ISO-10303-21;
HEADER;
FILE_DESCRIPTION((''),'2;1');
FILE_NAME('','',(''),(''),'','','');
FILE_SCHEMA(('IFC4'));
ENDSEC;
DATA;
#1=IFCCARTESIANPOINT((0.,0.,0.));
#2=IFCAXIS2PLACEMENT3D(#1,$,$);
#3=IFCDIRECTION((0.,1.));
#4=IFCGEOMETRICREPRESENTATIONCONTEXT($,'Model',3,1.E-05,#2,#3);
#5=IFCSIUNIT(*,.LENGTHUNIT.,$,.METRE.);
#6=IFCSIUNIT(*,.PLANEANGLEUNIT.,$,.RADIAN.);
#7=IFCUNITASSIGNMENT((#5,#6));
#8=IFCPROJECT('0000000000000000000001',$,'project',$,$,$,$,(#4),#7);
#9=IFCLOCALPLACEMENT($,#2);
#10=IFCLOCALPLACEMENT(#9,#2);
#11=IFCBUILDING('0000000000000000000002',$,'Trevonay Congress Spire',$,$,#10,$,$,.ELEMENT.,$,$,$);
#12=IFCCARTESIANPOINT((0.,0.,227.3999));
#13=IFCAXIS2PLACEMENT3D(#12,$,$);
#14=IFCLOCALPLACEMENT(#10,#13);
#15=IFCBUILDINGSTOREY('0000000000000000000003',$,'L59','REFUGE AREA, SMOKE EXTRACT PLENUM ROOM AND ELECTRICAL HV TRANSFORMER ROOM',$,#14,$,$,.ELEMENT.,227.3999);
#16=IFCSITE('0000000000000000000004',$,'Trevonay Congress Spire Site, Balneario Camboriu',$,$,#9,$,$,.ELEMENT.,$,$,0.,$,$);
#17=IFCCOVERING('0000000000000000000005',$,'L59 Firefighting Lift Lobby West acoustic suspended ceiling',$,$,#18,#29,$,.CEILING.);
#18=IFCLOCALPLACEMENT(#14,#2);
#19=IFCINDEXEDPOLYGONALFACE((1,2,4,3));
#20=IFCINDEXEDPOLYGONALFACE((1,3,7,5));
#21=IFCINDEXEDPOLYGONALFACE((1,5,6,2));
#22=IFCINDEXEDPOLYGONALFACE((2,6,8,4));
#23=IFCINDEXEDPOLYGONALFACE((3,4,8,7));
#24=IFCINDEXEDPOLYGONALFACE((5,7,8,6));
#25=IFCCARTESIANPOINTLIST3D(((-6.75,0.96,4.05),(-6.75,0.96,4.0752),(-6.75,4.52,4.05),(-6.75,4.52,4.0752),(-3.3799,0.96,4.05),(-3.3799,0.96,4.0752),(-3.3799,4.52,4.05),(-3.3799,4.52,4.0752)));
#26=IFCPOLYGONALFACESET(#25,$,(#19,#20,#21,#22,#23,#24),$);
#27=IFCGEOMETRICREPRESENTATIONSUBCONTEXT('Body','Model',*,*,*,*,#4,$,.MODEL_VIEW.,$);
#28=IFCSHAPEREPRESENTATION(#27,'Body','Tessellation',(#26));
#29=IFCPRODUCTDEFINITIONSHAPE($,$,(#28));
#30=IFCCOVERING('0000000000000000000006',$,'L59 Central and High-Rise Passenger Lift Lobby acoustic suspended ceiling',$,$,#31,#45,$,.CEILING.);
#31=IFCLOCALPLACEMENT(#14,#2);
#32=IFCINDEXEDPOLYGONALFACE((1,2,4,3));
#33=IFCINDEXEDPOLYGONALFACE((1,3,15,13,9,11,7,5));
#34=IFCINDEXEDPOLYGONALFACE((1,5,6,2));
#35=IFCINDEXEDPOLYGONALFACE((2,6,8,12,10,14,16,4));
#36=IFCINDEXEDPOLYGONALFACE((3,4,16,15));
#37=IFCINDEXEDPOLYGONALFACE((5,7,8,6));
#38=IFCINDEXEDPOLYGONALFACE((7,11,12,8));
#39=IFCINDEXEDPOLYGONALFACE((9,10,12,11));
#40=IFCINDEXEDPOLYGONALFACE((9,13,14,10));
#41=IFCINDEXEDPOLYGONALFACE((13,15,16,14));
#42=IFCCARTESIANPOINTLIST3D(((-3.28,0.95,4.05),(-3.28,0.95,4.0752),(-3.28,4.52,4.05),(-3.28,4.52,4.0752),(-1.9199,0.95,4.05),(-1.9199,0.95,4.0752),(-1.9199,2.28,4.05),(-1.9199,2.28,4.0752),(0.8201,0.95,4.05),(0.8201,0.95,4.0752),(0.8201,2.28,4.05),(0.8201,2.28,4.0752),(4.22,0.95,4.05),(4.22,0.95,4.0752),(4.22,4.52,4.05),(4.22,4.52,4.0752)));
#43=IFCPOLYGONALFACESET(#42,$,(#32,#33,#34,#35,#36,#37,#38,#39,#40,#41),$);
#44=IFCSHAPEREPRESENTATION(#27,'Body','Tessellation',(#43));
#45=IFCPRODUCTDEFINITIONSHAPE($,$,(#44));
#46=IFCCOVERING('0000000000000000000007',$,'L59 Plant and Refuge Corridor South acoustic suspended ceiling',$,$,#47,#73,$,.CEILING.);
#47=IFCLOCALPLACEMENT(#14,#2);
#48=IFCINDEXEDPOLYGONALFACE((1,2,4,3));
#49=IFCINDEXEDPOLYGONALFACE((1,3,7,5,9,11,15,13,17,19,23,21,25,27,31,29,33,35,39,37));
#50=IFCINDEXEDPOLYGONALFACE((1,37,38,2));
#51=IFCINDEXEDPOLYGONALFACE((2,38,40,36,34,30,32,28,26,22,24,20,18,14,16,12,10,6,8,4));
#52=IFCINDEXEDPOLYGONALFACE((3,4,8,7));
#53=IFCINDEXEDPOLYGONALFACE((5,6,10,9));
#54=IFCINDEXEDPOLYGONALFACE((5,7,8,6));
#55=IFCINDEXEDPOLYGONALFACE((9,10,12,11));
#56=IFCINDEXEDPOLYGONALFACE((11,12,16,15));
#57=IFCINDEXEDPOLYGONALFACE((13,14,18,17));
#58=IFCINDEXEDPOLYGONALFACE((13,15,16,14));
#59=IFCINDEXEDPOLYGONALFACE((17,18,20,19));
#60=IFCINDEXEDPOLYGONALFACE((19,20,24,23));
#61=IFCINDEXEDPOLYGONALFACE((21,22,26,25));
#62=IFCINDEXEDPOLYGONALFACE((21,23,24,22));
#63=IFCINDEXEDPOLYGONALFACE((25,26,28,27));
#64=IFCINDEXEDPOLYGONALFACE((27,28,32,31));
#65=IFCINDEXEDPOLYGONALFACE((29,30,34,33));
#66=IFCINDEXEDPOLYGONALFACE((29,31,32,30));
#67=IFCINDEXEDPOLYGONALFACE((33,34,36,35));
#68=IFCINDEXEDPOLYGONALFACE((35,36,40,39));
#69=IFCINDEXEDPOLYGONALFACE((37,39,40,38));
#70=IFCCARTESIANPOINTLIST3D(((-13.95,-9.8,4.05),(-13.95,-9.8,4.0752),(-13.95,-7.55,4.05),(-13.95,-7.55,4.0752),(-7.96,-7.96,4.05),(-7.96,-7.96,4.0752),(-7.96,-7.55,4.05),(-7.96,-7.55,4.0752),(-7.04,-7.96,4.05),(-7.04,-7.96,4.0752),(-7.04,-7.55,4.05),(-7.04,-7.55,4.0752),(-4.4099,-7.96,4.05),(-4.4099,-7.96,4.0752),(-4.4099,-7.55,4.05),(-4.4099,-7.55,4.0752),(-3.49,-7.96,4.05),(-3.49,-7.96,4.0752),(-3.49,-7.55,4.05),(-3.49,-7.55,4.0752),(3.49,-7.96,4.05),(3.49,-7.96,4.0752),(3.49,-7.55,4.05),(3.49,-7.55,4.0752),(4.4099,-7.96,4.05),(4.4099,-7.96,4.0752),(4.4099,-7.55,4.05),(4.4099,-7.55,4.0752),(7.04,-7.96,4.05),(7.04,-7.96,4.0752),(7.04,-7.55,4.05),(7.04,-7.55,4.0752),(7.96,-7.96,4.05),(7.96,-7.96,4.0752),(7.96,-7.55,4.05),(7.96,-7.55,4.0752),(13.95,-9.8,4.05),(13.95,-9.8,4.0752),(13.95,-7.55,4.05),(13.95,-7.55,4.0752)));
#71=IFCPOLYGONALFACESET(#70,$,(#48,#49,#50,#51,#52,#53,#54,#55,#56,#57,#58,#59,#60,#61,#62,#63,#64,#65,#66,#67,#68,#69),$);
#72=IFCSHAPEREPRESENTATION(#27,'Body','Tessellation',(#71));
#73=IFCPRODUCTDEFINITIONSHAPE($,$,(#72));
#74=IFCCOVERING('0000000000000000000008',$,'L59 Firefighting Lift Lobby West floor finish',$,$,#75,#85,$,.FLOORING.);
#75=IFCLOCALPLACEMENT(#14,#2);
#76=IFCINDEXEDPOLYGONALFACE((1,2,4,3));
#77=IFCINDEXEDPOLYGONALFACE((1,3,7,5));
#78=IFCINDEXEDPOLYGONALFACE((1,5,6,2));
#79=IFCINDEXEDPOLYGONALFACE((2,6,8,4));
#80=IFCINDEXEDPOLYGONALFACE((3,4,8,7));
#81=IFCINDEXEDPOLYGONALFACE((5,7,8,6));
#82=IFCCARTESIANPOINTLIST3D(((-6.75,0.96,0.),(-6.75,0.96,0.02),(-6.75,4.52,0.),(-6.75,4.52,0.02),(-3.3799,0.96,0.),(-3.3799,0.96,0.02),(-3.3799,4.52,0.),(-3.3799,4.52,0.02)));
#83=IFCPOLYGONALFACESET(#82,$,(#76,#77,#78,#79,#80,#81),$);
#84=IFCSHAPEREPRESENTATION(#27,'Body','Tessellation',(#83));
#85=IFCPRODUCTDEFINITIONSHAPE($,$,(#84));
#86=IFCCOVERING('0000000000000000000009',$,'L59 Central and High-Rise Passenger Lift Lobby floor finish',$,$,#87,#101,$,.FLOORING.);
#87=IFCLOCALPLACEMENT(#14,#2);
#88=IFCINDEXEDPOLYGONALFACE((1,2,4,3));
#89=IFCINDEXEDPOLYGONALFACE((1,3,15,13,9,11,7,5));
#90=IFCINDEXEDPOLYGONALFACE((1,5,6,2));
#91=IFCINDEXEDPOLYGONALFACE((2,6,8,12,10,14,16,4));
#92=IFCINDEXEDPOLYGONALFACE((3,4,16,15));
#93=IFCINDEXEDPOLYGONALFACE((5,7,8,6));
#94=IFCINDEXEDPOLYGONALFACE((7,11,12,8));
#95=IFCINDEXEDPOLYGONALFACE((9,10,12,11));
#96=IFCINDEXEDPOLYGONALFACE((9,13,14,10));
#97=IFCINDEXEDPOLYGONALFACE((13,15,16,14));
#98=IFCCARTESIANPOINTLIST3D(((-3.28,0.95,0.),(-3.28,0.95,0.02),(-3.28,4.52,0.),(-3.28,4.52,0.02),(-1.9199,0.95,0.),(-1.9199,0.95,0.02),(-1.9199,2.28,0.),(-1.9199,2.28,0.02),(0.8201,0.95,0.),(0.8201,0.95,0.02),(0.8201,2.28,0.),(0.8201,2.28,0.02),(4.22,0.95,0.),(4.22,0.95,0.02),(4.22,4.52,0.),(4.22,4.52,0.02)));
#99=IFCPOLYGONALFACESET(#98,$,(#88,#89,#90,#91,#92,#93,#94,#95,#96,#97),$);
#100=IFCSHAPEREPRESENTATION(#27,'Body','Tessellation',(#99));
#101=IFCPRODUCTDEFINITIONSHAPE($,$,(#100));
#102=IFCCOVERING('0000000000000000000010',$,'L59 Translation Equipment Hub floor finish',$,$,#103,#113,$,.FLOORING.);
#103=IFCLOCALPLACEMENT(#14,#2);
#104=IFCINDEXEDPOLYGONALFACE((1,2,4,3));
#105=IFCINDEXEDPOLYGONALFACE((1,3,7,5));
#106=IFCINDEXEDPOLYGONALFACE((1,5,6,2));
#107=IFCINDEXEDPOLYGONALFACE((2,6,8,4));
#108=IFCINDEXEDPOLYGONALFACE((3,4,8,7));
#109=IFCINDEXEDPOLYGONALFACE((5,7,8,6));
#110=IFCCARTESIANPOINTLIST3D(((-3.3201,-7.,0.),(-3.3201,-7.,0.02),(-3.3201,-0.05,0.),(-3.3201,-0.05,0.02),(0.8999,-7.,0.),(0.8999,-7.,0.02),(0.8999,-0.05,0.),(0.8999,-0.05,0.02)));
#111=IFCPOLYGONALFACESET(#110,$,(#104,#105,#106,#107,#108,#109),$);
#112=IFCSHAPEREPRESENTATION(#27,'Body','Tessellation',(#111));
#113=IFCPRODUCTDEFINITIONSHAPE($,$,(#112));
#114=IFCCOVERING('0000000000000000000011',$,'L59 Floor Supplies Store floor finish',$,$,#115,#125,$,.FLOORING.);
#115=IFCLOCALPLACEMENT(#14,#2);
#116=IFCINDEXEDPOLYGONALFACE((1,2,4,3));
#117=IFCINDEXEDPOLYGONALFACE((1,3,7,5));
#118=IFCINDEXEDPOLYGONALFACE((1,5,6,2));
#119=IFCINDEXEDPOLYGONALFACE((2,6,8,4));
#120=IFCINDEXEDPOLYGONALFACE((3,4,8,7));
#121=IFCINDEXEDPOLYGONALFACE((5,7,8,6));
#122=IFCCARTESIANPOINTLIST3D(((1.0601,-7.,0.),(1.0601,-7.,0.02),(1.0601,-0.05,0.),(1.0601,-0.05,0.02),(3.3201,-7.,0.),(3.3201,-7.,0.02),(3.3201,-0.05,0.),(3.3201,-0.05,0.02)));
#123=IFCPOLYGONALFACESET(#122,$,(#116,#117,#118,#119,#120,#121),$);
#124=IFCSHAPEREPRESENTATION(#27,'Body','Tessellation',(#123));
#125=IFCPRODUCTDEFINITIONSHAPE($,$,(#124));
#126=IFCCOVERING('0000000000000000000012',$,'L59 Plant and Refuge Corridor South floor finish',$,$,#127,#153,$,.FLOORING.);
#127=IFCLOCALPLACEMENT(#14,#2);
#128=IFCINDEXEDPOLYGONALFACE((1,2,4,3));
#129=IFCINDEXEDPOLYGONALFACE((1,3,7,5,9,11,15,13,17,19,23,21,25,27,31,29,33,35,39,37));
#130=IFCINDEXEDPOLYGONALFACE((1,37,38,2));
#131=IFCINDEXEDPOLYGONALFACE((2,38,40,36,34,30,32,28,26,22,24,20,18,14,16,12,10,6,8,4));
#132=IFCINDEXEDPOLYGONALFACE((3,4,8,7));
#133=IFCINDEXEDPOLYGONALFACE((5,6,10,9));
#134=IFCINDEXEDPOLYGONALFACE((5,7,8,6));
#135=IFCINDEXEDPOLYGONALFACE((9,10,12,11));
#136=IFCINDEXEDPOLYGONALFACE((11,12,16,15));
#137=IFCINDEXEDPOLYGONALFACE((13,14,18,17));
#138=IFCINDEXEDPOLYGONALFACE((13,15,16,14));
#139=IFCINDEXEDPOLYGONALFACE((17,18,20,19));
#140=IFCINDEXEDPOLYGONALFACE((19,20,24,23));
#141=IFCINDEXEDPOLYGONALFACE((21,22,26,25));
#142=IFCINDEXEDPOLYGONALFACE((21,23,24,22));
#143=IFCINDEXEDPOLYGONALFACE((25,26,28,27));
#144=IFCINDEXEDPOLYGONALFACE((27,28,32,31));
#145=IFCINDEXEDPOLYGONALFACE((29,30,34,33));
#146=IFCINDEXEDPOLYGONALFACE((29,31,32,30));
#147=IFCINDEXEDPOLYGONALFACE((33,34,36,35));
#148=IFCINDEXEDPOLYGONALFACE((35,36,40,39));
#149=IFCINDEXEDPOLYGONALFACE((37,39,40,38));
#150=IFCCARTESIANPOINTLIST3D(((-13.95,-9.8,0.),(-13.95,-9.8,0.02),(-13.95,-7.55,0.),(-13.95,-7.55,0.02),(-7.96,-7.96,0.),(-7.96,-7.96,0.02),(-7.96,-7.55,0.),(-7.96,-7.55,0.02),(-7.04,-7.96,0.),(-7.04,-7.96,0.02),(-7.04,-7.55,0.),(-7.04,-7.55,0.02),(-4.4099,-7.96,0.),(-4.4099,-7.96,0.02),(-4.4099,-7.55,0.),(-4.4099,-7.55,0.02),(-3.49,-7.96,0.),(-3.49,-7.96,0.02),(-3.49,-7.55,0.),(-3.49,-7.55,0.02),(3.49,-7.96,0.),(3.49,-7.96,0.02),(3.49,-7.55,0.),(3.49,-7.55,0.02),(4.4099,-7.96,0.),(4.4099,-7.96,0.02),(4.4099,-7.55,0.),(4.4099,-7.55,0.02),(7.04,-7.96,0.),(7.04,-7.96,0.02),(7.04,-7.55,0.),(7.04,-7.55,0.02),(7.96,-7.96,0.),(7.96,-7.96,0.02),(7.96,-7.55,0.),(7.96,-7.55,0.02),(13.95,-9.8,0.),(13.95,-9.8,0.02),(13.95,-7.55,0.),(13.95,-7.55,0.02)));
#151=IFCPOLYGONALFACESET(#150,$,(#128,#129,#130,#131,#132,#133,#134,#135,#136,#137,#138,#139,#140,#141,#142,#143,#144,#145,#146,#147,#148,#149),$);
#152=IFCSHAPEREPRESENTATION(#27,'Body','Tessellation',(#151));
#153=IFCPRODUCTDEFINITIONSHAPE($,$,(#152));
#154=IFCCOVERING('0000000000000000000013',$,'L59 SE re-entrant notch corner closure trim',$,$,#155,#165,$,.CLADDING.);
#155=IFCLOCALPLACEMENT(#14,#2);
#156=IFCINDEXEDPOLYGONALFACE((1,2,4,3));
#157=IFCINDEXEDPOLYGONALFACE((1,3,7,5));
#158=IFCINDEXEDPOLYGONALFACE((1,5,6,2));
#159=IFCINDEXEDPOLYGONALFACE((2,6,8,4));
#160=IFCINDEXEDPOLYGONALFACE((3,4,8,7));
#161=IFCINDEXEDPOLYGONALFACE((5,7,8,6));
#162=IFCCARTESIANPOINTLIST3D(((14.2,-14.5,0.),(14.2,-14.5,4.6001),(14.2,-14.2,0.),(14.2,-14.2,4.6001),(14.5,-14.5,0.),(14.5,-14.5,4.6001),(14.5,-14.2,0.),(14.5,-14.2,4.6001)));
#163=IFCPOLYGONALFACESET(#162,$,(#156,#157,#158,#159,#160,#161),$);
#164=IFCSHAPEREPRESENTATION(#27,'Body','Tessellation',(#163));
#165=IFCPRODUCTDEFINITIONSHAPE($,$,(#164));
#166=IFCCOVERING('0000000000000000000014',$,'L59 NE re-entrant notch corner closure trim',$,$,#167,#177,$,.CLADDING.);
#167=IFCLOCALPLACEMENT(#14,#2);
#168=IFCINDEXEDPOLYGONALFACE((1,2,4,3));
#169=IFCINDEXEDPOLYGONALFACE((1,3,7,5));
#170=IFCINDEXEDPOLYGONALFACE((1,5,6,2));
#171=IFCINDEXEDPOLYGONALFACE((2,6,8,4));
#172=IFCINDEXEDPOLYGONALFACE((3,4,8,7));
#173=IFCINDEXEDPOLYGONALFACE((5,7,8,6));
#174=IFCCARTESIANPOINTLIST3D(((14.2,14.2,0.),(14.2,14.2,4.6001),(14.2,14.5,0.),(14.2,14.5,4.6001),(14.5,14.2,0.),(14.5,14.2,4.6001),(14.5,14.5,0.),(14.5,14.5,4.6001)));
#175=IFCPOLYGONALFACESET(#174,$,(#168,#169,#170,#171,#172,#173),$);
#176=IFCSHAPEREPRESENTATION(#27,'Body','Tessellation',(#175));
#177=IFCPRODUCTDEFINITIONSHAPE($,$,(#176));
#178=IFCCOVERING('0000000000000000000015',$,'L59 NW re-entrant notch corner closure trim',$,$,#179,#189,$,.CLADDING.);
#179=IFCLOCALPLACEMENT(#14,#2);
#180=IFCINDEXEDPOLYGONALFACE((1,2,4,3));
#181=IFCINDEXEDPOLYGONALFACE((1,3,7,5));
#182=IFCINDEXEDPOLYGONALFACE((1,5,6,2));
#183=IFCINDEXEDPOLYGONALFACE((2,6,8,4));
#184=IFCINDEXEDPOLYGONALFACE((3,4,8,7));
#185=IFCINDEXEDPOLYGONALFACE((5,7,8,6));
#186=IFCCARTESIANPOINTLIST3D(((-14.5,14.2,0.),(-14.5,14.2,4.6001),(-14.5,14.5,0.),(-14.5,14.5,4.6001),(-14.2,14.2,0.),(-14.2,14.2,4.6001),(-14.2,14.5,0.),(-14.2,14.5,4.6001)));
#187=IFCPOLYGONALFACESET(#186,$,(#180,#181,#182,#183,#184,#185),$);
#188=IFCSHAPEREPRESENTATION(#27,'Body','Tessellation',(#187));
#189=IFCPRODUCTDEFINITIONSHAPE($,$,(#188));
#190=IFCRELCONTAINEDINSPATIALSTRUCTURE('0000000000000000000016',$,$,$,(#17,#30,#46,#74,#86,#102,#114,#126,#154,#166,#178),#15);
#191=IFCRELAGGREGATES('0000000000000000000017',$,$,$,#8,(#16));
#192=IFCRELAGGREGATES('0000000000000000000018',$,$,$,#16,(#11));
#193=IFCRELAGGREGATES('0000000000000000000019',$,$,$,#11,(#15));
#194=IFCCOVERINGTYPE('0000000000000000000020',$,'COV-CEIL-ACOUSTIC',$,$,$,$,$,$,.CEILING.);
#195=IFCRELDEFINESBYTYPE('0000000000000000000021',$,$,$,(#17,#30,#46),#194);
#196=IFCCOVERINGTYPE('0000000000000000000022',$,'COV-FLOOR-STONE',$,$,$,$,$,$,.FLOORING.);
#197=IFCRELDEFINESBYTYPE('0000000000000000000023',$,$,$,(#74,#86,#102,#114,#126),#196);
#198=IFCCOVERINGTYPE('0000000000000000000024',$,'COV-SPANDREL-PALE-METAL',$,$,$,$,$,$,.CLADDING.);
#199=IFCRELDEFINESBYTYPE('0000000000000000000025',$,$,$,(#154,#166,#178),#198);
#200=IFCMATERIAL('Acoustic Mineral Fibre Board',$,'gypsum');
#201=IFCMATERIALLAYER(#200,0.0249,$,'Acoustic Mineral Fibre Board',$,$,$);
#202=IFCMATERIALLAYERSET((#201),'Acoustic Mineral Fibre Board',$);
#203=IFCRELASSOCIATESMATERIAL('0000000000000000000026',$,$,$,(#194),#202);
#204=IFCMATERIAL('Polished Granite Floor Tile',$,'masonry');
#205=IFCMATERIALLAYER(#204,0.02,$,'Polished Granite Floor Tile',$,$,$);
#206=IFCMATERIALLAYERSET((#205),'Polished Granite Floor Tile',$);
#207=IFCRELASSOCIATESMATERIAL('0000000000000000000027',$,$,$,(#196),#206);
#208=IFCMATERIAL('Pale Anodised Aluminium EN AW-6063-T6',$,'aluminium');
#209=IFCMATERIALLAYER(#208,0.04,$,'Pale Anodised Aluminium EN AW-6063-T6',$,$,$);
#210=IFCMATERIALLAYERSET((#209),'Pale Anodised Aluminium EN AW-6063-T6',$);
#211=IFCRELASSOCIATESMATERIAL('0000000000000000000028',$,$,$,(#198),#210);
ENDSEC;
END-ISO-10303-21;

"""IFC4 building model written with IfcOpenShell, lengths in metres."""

from ifc_helpers import new_model, si_unit, direction, frame, origin, place, context, subcontext, project, spatial, polyline, outline, extrude, material, layer, layer_set, type_object, element, save


model = new_model("IFC4")

# Units and contexts
model_context = context("Model", 3, precision=1e-05, world=origin(), true_north=direction((0.0, 1.0)))
body_context = subcontext(model_context, "Body", "Model", "MODEL_VIEW")
ifc_project = project(units=[si_unit("LENGTHUNIT", "METRE"), si_unit("PLANEANGLEUNIT", "RADIAN")], contexts=[model_context])

# Site, building, storey
site_placement = place(None, origin())
site = spatial("IfcSite", under=ifc_project, at=site_placement, Name="Trevonay Congress Spire Site, Balneario Camboriu", CompositionType="ELEMENT", RefElevation=0.0)
building_placement = place(site_placement, origin())
building = spatial("IfcBuilding", under=site, at=building_placement, Name="Trevonay Congress Spire", CompositionType="ELEMENT")
storey_placement = place(building_placement, frame((0.0, 0.0, 227.3999)))
storey = spatial("IfcBuildingStorey", under=building, at=storey_placement, Name="L59", Description="REFUGE AREA, SMOKE EXTRACT PLENUM ROOM AND ELECTRICAL HV TRANSFORMER ROOM", CompositionType="ELEMENT", Elevation=227.3999)

# Coverings
ifc_material_1 = material(Name="Acoustic Mineral Fibre Board", Category="gypsum")
ifc_layer_1 = layer(ifc_material_1, 0.0249, Name="Acoustic Mineral Fibre Board")
ifc_layer_set_1 = layer_set([ifc_layer_1], Name="Acoustic Mineral Fibre Board")
covering_type_1 = type_object("IfcCoveringType", Name="COV-CEIL-ACOUSTIC", PredefinedType="CEILING", material=ifc_layer_set_1)
covering_1_placement = place(storey_placement, frame((0.0, 0.0, 4.05)))
element("IfcCovering", 1, at=covering_1_placement, inside=storey, type_object=covering_type_1, Name="L59 Firefighting Lift Lobby West acoustic suspended ceiling", PredefinedType="CEILING", context=body_context, shape_type="SweptSolid", body=[
    extrude(outline(polyline([(-6.75, 0.96), (-3.3799, 0.96), (-3.3799, 4.52), (-6.75, 4.52), (-6.75, 0.96)])), origin(), (0.0, 0.0, 1.0), 0.0251),
])
covering_2_placement = place(storey_placement, frame((0.0, 0.0, 4.05)))
element("IfcCovering", 2, at=covering_2_placement, inside=storey, type_object=covering_type_1, Name="L59 Central and High-Rise Passenger Lift Lobby acoustic suspended ceiling", PredefinedType="CEILING", context=body_context, shape_type="SweptSolid", body=[
    extrude(outline(polyline([(-3.28, 0.95), (-1.9199, 0.95), (-1.9199, 2.28), (0.8201, 2.28), (0.8201, 0.95), (4.22, 0.95), (4.22, 4.52), (-3.28, 4.52), (-3.28, 0.95)])), origin(), (0.0, 0.0, 1.0), 0.0251),
])
covering_3_placement = place(storey_placement, frame((0.0, 0.0, 4.05)))
element("IfcCovering", 3, at=covering_3_placement, inside=storey, type_object=covering_type_1, Name="L59 Plant and Refuge Corridor South acoustic suspended ceiling", PredefinedType="CEILING", context=body_context, shape_type="SweptSolid", body=[
    extrude(outline(polyline([(13.95, -7.55), (13.95, -9.8), (-13.95, -9.8), (-13.95, -7.55), (-7.96, -7.55), (-7.96, -7.96), (-7.04, -7.96), (-7.04, -7.55), (-4.4099, -7.55), (-4.4099, -7.96), (-3.49, -7.96), (-3.49, -7.55), (3.49, -7.55), (3.49, -7.96), (4.4099, -7.96), (4.4099, -7.55), (7.04, -7.55), (7.04, -7.96), (7.96, -7.96), (7.96, -7.55), (13.95, -7.55)])), origin(), (0.0, 0.0, 1.0), 0.0251),
])
ifc_material_2 = material(Name="Polished Granite Floor Tile", Category="masonry")
ifc_layer_2 = layer(ifc_material_2, 0.02, Name="Polished Granite Floor Tile")
ifc_layer_set_2 = layer_set([ifc_layer_2], Name="Polished Granite Floor Tile")
covering_type_2 = type_object("IfcCoveringType", Name="COV-FLOOR-STONE", PredefinedType="FLOORING", material=ifc_layer_set_2)
covering_4_placement = place(storey_placement, origin())
element("IfcCovering", 4, at=covering_4_placement, inside=storey, type_object=covering_type_2, Name="L59 Firefighting Lift Lobby West floor finish", PredefinedType="FLOORING", context=body_context, shape_type="SweptSolid", body=[
    extrude(outline(polyline([(-6.75, 0.96), (-3.3799, 0.96), (-3.3799, 4.52), (-6.75, 4.52), (-6.75, 0.96)])), origin(), (0.0, 0.0, 1.0), 0.02),
])
covering_5_placement = place(storey_placement, origin())
element("IfcCovering", 5, at=covering_5_placement, inside=storey, type_object=covering_type_2, Name="L59 Central and High-Rise Passenger Lift Lobby floor finish", PredefinedType="FLOORING", context=body_context, shape_type="SweptSolid", body=[
    extrude(outline(polyline([(-3.28, 0.95), (-1.9199, 0.95), (-1.9199, 2.28), (0.8201, 2.28), (0.8201, 0.95), (4.22, 0.95), (4.22, 4.52), (-3.28, 4.52), (-3.28, 0.95)])), origin(), (0.0, 0.0, 1.0), 0.02),
])
covering_6_placement = place(storey_placement, origin())
element("IfcCovering", 6, at=covering_6_placement, inside=storey, type_object=covering_type_2, Name="L59 Translation Equipment Hub floor finish", PredefinedType="FLOORING", context=body_context, shape_type="SweptSolid", body=[
    extrude(outline(polyline([(-3.3201, -7.0), (0.8999, -7.0), (0.8999, -0.05), (-3.3201, -0.05), (-3.3201, -7.0)])), origin(), (0.0, 0.0, 1.0), 0.02),
])
covering_7_placement = place(storey_placement, origin())
element("IfcCovering", 7, at=covering_7_placement, inside=storey, type_object=covering_type_2, Name="L59 Floor Supplies Store floor finish", PredefinedType="FLOORING", context=body_context, shape_type="SweptSolid", body=[
    extrude(outline(polyline([(1.0601, -7.0), (3.3201, -7.0), (3.3201, -0.05), (1.0601, -0.05), (1.0601, -7.0)])), origin(), (0.0, 0.0, 1.0), 0.02),
])
covering_8_placement = place(storey_placement, origin())
element("IfcCovering", 8, at=covering_8_placement, inside=storey, type_object=covering_type_2, Name="L59 Plant and Refuge Corridor South floor finish", PredefinedType="FLOORING", context=body_context, shape_type="SweptSolid", body=[
    extrude(outline(polyline([(13.95, -7.55), (13.95, -9.8), (-13.95, -9.8), (-13.95, -7.55), (-7.96, -7.55), (-7.96, -7.96), (-7.04, -7.96), (-7.04, -7.55), (-4.4099, -7.55), (-4.4099, -7.96), (-3.49, -7.96), (-3.49, -7.55), (3.49, -7.55), (3.49, -7.96), (4.4099, -7.96), (4.4099, -7.55), (7.04, -7.55), (7.04, -7.96), (7.96, -7.96), (7.96, -7.55), (13.95, -7.55)])), origin(), (0.0, 0.0, 1.0), 0.02),
])
ifc_material_3 = material(Name="Pale Anodised Aluminium EN AW-6063-T6", Category="aluminium")
ifc_layer_3 = layer(ifc_material_3, 0.04, Name="Pale Anodised Aluminium EN AW-6063-T6")
ifc_layer_set_3 = layer_set([ifc_layer_3], Name="Pale Anodised Aluminium EN AW-6063-T6")
covering_type_3 = type_object("IfcCoveringType", Name="COV-SPANDREL-PALE-METAL", PredefinedType="CLADDING", material=ifc_layer_set_3)
covering_9_placement = place(storey_placement, origin())
element("IfcCovering", 9, at=covering_9_placement, inside=storey, type_object=covering_type_3, Name="L59 SE re-entrant notch corner closure trim", PredefinedType="CLADDING", context=body_context, shape_type="SweptSolid", body=[
    extrude(outline(polyline([(14.2, -14.5), (14.5, -14.5), (14.5, -14.2), (14.2, -14.2), (14.2, -14.5)])), origin(), (0.0, 0.0, 1.0), 4.6001),
])
covering_10_placement = place(storey_placement, origin())
element("IfcCovering", 10, at=covering_10_placement, inside=storey, type_object=covering_type_3, Name="L59 NE re-entrant notch corner closure trim", PredefinedType="CLADDING", context=body_context, shape_type="SweptSolid", body=[
    extrude(outline(polyline([(14.2, 14.2), (14.5, 14.2), (14.5, 14.5), (14.2, 14.5), (14.2, 14.2)])), origin(), (0.0, 0.0, 1.0), 4.6001),
])
covering_11_placement = place(storey_placement, origin())
element("IfcCovering", 11, at=covering_11_placement, inside=storey, type_object=covering_type_3, Name="L59 NW re-entrant notch corner closure trim", PredefinedType="CLADDING", context=body_context, shape_type="SweptSolid", body=[
    extrude(outline(polyline([(-14.5, 14.2), (-14.2, 14.2), (-14.2, 14.5), (-14.5, 14.5), (-14.5, 14.2)])), origin(), (0.0, 0.0, 1.0), 4.6001),
])

save(model, "model.ifc")
